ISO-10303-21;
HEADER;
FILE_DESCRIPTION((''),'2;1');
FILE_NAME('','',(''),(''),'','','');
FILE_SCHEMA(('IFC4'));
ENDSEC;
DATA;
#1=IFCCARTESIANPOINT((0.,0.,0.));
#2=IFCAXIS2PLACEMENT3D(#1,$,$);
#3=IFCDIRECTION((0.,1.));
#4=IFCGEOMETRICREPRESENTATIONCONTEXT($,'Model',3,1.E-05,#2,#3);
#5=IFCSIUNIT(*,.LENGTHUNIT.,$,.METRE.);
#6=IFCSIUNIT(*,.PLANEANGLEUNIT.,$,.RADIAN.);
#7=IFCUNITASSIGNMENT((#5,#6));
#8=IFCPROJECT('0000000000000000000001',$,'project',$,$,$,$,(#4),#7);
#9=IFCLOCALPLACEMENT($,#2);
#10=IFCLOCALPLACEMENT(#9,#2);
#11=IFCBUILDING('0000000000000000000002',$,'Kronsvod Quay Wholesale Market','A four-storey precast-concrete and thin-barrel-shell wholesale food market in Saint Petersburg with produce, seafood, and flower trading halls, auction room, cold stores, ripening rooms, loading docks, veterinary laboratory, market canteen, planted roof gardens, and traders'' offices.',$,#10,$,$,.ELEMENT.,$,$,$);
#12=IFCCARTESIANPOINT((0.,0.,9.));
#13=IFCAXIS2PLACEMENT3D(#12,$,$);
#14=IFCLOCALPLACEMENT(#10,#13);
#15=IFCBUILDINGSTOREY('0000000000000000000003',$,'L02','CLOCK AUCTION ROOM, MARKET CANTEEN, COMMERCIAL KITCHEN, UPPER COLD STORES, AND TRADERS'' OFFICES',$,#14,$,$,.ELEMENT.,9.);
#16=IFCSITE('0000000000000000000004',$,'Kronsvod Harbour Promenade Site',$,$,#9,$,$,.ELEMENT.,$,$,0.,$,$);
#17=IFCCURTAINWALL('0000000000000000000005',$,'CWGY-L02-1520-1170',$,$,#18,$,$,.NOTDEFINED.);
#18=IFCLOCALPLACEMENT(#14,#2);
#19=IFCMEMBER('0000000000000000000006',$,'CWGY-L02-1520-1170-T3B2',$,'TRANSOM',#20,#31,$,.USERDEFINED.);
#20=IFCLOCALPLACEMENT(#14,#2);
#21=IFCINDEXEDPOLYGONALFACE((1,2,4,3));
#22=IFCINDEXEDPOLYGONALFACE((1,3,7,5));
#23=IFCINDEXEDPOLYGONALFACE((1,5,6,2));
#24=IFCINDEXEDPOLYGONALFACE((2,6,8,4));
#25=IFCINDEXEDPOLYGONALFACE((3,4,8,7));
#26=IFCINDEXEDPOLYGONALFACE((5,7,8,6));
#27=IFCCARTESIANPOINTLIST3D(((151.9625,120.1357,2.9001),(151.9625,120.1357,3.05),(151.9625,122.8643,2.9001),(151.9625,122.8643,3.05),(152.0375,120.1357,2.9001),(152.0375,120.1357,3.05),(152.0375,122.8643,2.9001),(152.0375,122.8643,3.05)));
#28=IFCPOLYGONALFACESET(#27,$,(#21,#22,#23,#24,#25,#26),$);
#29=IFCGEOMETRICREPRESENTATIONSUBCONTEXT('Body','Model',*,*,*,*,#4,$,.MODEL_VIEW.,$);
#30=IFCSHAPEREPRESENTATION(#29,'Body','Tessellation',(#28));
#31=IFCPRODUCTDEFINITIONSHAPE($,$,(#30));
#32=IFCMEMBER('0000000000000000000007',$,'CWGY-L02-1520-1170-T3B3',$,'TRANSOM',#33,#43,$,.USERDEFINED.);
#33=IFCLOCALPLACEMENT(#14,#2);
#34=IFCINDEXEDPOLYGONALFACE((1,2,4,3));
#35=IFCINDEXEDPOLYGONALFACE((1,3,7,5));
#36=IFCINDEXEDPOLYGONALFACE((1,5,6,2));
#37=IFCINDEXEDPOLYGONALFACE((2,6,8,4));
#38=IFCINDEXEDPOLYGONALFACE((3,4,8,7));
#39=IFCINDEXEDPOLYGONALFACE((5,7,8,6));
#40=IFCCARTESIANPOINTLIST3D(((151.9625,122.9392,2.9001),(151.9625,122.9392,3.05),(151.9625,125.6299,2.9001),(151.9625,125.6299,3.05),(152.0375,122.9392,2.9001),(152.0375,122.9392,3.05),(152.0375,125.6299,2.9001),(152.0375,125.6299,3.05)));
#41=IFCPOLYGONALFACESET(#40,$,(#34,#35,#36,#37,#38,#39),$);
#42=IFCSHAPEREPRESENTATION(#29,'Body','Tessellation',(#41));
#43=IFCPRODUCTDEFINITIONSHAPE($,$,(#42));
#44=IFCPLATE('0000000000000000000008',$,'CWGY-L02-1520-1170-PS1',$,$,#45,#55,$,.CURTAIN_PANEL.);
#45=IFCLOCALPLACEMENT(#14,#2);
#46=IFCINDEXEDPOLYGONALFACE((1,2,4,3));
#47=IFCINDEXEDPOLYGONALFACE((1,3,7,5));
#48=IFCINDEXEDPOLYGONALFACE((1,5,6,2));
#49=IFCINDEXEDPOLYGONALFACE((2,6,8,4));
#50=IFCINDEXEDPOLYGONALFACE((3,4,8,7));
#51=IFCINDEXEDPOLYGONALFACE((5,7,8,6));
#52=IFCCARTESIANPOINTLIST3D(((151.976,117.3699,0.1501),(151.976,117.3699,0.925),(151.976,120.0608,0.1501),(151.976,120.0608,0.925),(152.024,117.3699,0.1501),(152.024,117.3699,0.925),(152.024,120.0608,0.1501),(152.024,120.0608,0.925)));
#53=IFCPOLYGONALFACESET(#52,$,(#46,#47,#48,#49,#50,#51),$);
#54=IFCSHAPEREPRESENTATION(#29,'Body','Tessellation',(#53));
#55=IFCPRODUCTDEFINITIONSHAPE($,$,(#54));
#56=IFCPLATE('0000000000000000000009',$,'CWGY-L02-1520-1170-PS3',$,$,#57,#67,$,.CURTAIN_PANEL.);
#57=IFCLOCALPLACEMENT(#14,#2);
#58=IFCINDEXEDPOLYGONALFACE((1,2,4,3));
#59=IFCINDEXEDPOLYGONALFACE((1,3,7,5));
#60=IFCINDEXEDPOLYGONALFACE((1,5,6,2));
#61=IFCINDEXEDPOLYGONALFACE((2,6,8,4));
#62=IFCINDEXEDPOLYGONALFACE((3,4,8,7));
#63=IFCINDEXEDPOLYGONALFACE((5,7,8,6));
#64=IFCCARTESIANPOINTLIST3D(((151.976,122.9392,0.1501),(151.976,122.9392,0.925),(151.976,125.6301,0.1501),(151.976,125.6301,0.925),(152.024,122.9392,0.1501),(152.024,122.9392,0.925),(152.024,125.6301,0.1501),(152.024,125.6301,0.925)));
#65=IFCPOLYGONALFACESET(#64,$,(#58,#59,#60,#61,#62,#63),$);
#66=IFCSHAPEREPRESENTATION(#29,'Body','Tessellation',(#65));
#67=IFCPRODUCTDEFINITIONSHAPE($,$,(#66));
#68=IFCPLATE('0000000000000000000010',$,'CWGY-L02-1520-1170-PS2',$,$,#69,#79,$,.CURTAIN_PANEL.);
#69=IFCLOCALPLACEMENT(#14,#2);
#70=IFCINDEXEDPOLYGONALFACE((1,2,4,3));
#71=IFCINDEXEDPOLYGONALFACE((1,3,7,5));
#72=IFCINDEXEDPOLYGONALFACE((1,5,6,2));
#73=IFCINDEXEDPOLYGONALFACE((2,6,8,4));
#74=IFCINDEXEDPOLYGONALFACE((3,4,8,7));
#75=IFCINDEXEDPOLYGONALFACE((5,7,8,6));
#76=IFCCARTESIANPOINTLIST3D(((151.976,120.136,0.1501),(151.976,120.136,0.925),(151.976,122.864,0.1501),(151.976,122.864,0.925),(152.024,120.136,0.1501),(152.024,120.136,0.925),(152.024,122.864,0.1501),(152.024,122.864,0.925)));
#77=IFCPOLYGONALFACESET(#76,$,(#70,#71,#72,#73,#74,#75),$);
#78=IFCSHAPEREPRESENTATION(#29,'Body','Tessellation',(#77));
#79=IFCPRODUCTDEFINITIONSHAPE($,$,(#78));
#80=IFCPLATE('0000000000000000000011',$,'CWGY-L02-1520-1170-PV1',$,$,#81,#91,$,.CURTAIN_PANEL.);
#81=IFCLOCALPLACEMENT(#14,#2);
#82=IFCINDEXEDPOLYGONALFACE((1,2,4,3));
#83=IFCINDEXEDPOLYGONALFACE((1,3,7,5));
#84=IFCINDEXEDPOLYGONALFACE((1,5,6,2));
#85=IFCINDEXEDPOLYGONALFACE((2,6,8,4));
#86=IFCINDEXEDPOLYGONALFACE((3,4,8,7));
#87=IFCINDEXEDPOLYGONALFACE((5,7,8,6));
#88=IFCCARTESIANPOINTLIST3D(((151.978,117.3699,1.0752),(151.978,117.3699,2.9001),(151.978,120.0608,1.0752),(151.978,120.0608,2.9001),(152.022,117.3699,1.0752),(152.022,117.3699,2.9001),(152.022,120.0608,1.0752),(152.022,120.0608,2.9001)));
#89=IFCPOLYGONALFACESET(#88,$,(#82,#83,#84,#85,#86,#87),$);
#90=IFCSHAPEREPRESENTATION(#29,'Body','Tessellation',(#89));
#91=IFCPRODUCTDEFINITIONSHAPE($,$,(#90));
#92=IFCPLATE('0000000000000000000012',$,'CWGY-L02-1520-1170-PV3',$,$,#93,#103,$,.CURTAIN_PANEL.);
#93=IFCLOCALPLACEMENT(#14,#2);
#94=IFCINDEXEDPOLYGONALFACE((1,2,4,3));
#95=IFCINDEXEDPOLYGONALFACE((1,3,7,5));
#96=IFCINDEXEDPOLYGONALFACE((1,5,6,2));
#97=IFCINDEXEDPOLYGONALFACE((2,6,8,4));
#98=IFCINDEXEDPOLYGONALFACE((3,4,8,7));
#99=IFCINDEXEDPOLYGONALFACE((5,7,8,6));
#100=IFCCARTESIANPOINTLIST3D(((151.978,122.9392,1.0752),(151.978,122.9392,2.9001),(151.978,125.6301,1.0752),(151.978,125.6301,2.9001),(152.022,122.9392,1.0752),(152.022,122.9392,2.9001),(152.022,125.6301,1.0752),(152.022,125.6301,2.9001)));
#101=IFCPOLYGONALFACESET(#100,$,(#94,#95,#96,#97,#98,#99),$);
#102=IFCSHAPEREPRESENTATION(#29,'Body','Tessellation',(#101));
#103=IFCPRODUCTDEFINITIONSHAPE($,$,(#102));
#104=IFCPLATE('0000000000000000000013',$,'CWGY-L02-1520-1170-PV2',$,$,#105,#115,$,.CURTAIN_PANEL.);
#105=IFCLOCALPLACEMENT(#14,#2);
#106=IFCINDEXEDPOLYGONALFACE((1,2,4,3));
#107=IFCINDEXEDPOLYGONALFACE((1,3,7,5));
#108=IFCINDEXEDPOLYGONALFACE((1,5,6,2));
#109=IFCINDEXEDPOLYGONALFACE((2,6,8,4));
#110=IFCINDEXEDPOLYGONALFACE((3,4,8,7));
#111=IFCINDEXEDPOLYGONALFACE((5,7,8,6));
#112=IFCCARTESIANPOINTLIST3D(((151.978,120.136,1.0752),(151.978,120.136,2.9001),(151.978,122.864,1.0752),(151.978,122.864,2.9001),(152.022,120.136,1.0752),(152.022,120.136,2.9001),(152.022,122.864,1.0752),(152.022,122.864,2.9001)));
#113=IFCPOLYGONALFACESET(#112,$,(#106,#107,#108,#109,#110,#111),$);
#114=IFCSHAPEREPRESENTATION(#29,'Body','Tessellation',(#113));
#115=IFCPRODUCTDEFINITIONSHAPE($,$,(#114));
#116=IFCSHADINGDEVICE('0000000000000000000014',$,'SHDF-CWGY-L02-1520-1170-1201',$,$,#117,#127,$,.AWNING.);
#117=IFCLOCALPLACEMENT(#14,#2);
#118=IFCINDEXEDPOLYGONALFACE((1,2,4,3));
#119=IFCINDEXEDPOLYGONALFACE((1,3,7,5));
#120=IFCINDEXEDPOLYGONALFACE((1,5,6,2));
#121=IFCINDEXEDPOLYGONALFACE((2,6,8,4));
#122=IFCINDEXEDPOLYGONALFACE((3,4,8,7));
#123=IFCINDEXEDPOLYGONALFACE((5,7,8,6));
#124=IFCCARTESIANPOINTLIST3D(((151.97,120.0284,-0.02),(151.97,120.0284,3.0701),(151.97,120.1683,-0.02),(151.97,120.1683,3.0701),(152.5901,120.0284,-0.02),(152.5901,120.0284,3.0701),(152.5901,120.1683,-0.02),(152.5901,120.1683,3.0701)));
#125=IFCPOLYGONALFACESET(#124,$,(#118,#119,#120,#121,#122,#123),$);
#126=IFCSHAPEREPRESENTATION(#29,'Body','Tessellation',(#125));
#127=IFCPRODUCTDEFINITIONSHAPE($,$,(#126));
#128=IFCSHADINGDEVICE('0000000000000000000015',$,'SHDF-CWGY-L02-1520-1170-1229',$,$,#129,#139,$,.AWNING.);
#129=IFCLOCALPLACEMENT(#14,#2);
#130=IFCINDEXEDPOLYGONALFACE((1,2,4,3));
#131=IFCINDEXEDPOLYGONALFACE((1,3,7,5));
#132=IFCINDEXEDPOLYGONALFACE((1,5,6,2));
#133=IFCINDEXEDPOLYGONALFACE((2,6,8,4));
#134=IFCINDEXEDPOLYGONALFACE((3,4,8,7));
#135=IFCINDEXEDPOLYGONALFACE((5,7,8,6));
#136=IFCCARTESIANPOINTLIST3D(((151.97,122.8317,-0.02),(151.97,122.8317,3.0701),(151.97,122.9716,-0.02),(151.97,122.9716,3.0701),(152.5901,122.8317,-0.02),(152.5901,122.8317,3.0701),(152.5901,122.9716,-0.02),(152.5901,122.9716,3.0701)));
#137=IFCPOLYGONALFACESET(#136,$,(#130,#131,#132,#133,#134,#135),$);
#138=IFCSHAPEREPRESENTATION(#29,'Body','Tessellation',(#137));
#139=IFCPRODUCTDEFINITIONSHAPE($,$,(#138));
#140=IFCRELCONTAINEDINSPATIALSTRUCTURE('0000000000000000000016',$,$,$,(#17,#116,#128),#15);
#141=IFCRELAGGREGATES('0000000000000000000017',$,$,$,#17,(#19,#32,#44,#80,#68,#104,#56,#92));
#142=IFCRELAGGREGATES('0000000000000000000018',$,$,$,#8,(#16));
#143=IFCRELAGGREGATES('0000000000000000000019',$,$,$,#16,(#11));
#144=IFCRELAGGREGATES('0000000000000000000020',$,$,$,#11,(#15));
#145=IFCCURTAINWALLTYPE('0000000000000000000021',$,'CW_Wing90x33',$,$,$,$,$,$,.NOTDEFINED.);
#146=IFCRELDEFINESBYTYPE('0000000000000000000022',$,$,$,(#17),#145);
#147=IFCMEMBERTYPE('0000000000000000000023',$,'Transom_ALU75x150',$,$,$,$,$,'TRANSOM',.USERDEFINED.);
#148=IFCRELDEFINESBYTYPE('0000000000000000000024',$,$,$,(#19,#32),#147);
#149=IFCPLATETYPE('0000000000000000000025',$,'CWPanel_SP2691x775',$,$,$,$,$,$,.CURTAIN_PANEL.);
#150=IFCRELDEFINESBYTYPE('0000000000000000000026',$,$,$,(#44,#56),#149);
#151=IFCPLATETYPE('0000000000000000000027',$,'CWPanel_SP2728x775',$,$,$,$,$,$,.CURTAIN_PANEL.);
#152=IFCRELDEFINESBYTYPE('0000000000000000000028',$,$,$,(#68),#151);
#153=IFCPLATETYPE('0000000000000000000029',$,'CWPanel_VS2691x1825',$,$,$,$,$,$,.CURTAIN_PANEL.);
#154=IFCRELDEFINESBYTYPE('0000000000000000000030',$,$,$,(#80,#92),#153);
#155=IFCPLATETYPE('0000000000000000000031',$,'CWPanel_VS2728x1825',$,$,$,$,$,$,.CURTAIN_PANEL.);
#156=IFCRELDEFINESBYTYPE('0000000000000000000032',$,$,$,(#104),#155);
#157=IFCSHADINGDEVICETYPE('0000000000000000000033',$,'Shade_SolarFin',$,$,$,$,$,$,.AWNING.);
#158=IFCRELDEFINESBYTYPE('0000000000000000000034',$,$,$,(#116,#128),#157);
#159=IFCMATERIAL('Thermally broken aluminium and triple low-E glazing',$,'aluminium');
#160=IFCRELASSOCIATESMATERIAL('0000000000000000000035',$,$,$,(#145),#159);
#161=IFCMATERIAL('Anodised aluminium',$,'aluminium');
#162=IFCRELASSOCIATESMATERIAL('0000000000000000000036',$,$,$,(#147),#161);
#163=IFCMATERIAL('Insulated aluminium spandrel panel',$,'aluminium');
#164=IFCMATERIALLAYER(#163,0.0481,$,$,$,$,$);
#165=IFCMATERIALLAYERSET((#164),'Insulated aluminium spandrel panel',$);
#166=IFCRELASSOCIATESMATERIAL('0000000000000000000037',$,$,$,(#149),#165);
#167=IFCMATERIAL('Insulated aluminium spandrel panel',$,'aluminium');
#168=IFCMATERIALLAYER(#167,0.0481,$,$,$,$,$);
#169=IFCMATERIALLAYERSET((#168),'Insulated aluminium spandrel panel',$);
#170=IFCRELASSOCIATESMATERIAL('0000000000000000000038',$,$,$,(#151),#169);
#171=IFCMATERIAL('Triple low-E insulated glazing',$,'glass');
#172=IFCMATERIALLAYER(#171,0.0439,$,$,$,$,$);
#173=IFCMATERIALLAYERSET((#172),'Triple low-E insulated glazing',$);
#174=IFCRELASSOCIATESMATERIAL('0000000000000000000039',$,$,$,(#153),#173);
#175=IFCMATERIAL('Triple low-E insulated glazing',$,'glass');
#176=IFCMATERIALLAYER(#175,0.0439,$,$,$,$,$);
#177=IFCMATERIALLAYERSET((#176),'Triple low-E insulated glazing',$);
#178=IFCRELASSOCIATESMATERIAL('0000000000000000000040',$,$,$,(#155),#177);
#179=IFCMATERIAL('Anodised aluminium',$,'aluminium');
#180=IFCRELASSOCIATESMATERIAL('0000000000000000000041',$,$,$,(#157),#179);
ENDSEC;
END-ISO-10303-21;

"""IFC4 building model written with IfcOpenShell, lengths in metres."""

from ifc_helpers import new_model, si_unit, direction, frame, origin, origin_2d, place, context, subcontext, project, spatial, rectangle, extrude, material, layer, layer_set, material_profile, profile_set, type_object, element, aggregate, save


model = new_model("IFC4")

# Units and contexts
model_context = context("Model", 3, precision=1e-05, world=origin(), true_north=direction((0.0, 1.0)))
body_context = subcontext(model_context, "Body", "Model", "MODEL_VIEW")
ifc_project = project(units=[si_unit("LENGTHUNIT", "METRE"), si_unit("PLANEANGLEUNIT", "RADIAN")], contexts=[model_context])

# Site, building, storey
site_placement = place(None, origin())
site = spatial("IfcSite", under=ifc_project, at=site_placement, Name="Kronsvod Harbour Promenade Site", CompositionType="ELEMENT", RefElevation=0.0)
building_placement = place(site_placement, origin())
building = spatial("IfcBuilding", under=site, at=building_placement, Name="Kronsvod Quay Wholesale Market", Description="A four-storey precast-concrete and thin-barrel-shell wholesale food market in Saint Petersburg with produce, seafood, and flower trading halls, auction room, cold stores, ripening rooms, loading docks, veterinary laboratory, market canteen, planted roof gardens, and traders' offices.", CompositionType="ELEMENT")
storey_placement = place(building_placement, frame((0.0, 0.0, 9.0)))
storey = spatial("IfcBuildingStorey", under=building, at=storey_placement, Name="L02", Description="CLOCK AUCTION ROOM, MARKET CANTEEN, COMMERCIAL KITCHEN, UPPER COLD STORES, AND TRADERS' OFFICES", CompositionType="ELEMENT", Elevation=9.0)

# Curtain wall, members, plates
ifc_material_1 = material(Name="Thermally broken aluminium and triple low-E glazing", Category="aluminium")
curtain_wall_type = type_object("IfcCurtainWallType", Name="CW_Wing90x33", PredefinedType="NOTDEFINED", material=ifc_material_1)
curtain_wall_placement = place(storey_placement, origin())
curtain_wall = element("IfcCurtainWall", 1, at=curtain_wall_placement, inside=storey, type_object=curtain_wall_type, Name="CWGY-L02-1520-1170", PredefinedType="NOTDEFINED")
ifc_material_2 = material(Name="Anodised aluminium", Category="aluminium")
ifc_material_profile_1 = material_profile(ifc_material_2, rectangle(XDim=0.075, YDim=0.1499, at=origin_2d()), Name="ALUT75x150")
ifc_profile_set_1 = profile_set([ifc_material_profile_1], Name="Anodised aluminium")
member_type_1 = type_object("IfcMemberType", Name="Transom_ALU75x150", ElementType="TRANSOM", PredefinedType="USERDEFINED", material=ifc_profile_set_1)
member_1_placement = place(storey_placement, frame((152.0, 120.1357, 2.9751), z_axis=(0.0, 1.0, 0.0), x_axis=(-1.0, 0.0, 0.0)))
member_1 = element("IfcMember", 2, at=member_1_placement, type_object=member_type_1, Name="CWGY-L02-1520-1170-T3B2", ObjectType="TRANSOM", PredefinedType="USERDEFINED", context=body_context, shape_type="SweptSolid", body=[
    extrude(rectangle(XDim=0.075, YDim=0.1499, at=origin_2d()), origin(), (0.0, 0.0, 1.0), 2.7285),
])
member_2_placement = place(storey_placement, frame((152.0, 122.9392, 2.9751), z_axis=(0.0, 1.0, 0.0), x_axis=(-1.0, 0.0, 0.0)))
member_2 = element("IfcMember", 3, at=member_2_placement, type_object=member_type_1, Name="CWGY-L02-1520-1170-T3B3", ObjectType="TRANSOM", PredefinedType="USERDEFINED", context=body_context, shape_type="SweptSolid", body=[
    extrude(rectangle(XDim=0.075, YDim=0.1499, at=origin_2d()), origin(), (0.0, 0.0, 1.0), 2.6907),
])
ifc_material_3 = material(Name="Insulated aluminium spandrel panel", Category="aluminium")
ifc_layer_1 = layer(ifc_material_3, 0.0481)
ifc_layer_set_1 = layer_set([ifc_layer_1], Name="Insulated aluminium spandrel panel")
plate_type_1 = type_object("IfcPlateType", Name="CWPanel_SP2691x775", PredefinedType="CURTAIN_PANEL", material=ifc_layer_set_1)
plate_1_placement = place(storey_placement, frame((152.0, 118.7153, 0.1501), z_axis=(0.0, 0.0, 1.0), x_axis=(0.0, 1.0, 0.0)))
plate_1 = element("IfcPlate", 4, at=plate_1_placement, type_object=plate_type_1, Name="CWGY-L02-1520-1170-PS1", PredefinedType="CURTAIN_PANEL", context=body_context, shape_type="SweptSolid", body=[
    extrude(rectangle(XDim=2.6909, YDim=0.0481, at=origin_2d()), origin(), (0.0, 0.0, 1.0), 0.7749),
])
plate_2_placement = place(storey_placement, frame((152.0, 124.2847, 0.1501), z_axis=(0.0, 0.0, 1.0), x_axis=(0.0, 1.0, 0.0)))
plate_2 = element("IfcPlate", 5, at=plate_2_placement, type_object=plate_type_1, Name="CWGY-L02-1520-1170-PS3", PredefinedType="CURTAIN_PANEL", context=body_context, shape_type="SweptSolid", body=[
    extrude(rectangle(XDim=2.6909, YDim=0.0481, at=origin_2d()), origin(), (0.0, 0.0, 1.0), 0.7749),
])
ifc_material_4 = material(Name="Insulated aluminium spandrel panel", Category="aluminium")
ifc_layer_2 = layer(ifc_material_4, 0.0481)
ifc_layer_set_2 = layer_set([ifc_layer_2], Name="Insulated aluminium spandrel panel")
plate_type_2 = type_object("IfcPlateType", Name="CWPanel_SP2728x775", PredefinedType="CURTAIN_PANEL", material=ifc_layer_set_2)
plate_3_placement = place(storey_placement, frame((152.0, 121.5, 0.1501), z_axis=(0.0, 0.0, 1.0), x_axis=(0.0, 1.0, 0.0)))
plate_3 = element("IfcPlate", 6, at=plate_3_placement, type_object=plate_type_2, Name="CWGY-L02-1520-1170-PS2", PredefinedType="CURTAIN_PANEL", context=body_context, shape_type="SweptSolid", body=[
    extrude(rectangle(XDim=2.728, YDim=0.0481, at=origin_2d()), origin(), (0.0, 0.0, 1.0), 0.7749),
])
ifc_material_5 = material(Name="Triple low-E insulated glazing", Category="glass")
ifc_layer_3 = layer(ifc_material_5, 0.0439)
ifc_layer_set_3 = layer_set([ifc_layer_3], Name="Triple low-E insulated glazing")
plate_type_3 = type_object("IfcPlateType", Name="CWPanel_VS2691x1825", PredefinedType="CURTAIN_PANEL", material=ifc_layer_set_3)
plate_4_placement = place(storey_placement, frame((152.0, 118.7153, 1.0752), z_axis=(0.0, 0.0, 1.0), x_axis=(0.0, 1.0, 0.0)))
plate_4 = element("IfcPlate", 7, at=plate_4_placement, type_object=plate_type_3, Name="CWGY-L02-1520-1170-PV1", PredefinedType="CURTAIN_PANEL", context=body_context, shape_type="SweptSolid", body=[
    extrude(rectangle(XDim=2.6909, YDim=0.0439, at=origin_2d()), origin(), (0.0, 0.0, 1.0), 1.825),
])
plate_5_placement = place(storey_placement, frame((152.0, 124.2847, 1.0752), z_axis=(0.0, 0.0, 1.0), x_axis=(0.0, 1.0, 0.0)))
plate_5 = element("IfcPlate", 8, at=plate_5_placement, type_object=plate_type_3, Name="CWGY-L02-1520-1170-PV3", PredefinedType="CURTAIN_PANEL", context=body_context, shape_type="SweptSolid", body=[
    extrude(rectangle(XDim=2.6909, YDim=0.0439, at=origin_2d()), origin(), (0.0, 0.0, 1.0), 1.825),
])
ifc_material_6 = material(Name="Triple low-E insulated glazing", Category="glass")
ifc_layer_4 = layer(ifc_material_6, 0.0439)
ifc_layer_set_4 = layer_set([ifc_layer_4], Name="Triple low-E insulated glazing")
plate_type_4 = type_object("IfcPlateType", Name="CWPanel_VS2728x1825", PredefinedType="CURTAIN_PANEL", material=ifc_layer_set_4)
plate_6_placement = place(storey_placement, frame((152.0, 121.5, 1.0752), z_axis=(0.0, 0.0, 1.0), x_axis=(0.0, 1.0, 0.0)))
plate_6 = element("IfcPlate", 9, at=plate_6_placement, type_object=plate_type_4, Name="CWGY-L02-1520-1170-PV2", PredefinedType="CURTAIN_PANEL", context=body_context, shape_type="SweptSolid", body=[
    extrude(rectangle(XDim=2.728, YDim=0.0439, at=origin_2d()), origin(), (0.0, 0.0, 1.0), 1.825),
])
aggregate(curtain_wall, [member_1, member_2, plate_1, plate_4, plate_3, plate_6, plate_2, plate_5])

# Shading devices
ifc_material_7 = material(Name="Anodised aluminium", Category="aluminium")
shading_device_type = type_object("IfcShadingDeviceType", Name="Shade_SolarFin", PredefinedType="AWNING", material=ifc_material_7)
for number, where, z_axis, x_axis, name in (
    (10, (152.28, 120.0984, -0.02), (0.0, 0.0, 1.0), (1.0, 0.0, 0.0), "SHDF-CWGY-L02-1520-1170-1201"),
    (11, (152.28, 122.9016, -0.02), (0.0, 0.0, 1.0), (1.0, 0.0, 0.0), "SHDF-CWGY-L02-1520-1170-1229"),
):
    element("IfcShadingDevice", number, at=place(storey_placement, frame(where, z_axis=z_axis, x_axis=x_axis)), inside=storey, type_object=shading_device_type, Name=name, PredefinedType="AWNING", context=body_context, shape_type="SweptSolid", body=[
        extrude(rectangle(XDim=0.6201, YDim=0.1399, at=origin_2d()), origin(), (0.0, 0.0, 1.0), 3.0901),
    ])

save(model, "model.ifc")
